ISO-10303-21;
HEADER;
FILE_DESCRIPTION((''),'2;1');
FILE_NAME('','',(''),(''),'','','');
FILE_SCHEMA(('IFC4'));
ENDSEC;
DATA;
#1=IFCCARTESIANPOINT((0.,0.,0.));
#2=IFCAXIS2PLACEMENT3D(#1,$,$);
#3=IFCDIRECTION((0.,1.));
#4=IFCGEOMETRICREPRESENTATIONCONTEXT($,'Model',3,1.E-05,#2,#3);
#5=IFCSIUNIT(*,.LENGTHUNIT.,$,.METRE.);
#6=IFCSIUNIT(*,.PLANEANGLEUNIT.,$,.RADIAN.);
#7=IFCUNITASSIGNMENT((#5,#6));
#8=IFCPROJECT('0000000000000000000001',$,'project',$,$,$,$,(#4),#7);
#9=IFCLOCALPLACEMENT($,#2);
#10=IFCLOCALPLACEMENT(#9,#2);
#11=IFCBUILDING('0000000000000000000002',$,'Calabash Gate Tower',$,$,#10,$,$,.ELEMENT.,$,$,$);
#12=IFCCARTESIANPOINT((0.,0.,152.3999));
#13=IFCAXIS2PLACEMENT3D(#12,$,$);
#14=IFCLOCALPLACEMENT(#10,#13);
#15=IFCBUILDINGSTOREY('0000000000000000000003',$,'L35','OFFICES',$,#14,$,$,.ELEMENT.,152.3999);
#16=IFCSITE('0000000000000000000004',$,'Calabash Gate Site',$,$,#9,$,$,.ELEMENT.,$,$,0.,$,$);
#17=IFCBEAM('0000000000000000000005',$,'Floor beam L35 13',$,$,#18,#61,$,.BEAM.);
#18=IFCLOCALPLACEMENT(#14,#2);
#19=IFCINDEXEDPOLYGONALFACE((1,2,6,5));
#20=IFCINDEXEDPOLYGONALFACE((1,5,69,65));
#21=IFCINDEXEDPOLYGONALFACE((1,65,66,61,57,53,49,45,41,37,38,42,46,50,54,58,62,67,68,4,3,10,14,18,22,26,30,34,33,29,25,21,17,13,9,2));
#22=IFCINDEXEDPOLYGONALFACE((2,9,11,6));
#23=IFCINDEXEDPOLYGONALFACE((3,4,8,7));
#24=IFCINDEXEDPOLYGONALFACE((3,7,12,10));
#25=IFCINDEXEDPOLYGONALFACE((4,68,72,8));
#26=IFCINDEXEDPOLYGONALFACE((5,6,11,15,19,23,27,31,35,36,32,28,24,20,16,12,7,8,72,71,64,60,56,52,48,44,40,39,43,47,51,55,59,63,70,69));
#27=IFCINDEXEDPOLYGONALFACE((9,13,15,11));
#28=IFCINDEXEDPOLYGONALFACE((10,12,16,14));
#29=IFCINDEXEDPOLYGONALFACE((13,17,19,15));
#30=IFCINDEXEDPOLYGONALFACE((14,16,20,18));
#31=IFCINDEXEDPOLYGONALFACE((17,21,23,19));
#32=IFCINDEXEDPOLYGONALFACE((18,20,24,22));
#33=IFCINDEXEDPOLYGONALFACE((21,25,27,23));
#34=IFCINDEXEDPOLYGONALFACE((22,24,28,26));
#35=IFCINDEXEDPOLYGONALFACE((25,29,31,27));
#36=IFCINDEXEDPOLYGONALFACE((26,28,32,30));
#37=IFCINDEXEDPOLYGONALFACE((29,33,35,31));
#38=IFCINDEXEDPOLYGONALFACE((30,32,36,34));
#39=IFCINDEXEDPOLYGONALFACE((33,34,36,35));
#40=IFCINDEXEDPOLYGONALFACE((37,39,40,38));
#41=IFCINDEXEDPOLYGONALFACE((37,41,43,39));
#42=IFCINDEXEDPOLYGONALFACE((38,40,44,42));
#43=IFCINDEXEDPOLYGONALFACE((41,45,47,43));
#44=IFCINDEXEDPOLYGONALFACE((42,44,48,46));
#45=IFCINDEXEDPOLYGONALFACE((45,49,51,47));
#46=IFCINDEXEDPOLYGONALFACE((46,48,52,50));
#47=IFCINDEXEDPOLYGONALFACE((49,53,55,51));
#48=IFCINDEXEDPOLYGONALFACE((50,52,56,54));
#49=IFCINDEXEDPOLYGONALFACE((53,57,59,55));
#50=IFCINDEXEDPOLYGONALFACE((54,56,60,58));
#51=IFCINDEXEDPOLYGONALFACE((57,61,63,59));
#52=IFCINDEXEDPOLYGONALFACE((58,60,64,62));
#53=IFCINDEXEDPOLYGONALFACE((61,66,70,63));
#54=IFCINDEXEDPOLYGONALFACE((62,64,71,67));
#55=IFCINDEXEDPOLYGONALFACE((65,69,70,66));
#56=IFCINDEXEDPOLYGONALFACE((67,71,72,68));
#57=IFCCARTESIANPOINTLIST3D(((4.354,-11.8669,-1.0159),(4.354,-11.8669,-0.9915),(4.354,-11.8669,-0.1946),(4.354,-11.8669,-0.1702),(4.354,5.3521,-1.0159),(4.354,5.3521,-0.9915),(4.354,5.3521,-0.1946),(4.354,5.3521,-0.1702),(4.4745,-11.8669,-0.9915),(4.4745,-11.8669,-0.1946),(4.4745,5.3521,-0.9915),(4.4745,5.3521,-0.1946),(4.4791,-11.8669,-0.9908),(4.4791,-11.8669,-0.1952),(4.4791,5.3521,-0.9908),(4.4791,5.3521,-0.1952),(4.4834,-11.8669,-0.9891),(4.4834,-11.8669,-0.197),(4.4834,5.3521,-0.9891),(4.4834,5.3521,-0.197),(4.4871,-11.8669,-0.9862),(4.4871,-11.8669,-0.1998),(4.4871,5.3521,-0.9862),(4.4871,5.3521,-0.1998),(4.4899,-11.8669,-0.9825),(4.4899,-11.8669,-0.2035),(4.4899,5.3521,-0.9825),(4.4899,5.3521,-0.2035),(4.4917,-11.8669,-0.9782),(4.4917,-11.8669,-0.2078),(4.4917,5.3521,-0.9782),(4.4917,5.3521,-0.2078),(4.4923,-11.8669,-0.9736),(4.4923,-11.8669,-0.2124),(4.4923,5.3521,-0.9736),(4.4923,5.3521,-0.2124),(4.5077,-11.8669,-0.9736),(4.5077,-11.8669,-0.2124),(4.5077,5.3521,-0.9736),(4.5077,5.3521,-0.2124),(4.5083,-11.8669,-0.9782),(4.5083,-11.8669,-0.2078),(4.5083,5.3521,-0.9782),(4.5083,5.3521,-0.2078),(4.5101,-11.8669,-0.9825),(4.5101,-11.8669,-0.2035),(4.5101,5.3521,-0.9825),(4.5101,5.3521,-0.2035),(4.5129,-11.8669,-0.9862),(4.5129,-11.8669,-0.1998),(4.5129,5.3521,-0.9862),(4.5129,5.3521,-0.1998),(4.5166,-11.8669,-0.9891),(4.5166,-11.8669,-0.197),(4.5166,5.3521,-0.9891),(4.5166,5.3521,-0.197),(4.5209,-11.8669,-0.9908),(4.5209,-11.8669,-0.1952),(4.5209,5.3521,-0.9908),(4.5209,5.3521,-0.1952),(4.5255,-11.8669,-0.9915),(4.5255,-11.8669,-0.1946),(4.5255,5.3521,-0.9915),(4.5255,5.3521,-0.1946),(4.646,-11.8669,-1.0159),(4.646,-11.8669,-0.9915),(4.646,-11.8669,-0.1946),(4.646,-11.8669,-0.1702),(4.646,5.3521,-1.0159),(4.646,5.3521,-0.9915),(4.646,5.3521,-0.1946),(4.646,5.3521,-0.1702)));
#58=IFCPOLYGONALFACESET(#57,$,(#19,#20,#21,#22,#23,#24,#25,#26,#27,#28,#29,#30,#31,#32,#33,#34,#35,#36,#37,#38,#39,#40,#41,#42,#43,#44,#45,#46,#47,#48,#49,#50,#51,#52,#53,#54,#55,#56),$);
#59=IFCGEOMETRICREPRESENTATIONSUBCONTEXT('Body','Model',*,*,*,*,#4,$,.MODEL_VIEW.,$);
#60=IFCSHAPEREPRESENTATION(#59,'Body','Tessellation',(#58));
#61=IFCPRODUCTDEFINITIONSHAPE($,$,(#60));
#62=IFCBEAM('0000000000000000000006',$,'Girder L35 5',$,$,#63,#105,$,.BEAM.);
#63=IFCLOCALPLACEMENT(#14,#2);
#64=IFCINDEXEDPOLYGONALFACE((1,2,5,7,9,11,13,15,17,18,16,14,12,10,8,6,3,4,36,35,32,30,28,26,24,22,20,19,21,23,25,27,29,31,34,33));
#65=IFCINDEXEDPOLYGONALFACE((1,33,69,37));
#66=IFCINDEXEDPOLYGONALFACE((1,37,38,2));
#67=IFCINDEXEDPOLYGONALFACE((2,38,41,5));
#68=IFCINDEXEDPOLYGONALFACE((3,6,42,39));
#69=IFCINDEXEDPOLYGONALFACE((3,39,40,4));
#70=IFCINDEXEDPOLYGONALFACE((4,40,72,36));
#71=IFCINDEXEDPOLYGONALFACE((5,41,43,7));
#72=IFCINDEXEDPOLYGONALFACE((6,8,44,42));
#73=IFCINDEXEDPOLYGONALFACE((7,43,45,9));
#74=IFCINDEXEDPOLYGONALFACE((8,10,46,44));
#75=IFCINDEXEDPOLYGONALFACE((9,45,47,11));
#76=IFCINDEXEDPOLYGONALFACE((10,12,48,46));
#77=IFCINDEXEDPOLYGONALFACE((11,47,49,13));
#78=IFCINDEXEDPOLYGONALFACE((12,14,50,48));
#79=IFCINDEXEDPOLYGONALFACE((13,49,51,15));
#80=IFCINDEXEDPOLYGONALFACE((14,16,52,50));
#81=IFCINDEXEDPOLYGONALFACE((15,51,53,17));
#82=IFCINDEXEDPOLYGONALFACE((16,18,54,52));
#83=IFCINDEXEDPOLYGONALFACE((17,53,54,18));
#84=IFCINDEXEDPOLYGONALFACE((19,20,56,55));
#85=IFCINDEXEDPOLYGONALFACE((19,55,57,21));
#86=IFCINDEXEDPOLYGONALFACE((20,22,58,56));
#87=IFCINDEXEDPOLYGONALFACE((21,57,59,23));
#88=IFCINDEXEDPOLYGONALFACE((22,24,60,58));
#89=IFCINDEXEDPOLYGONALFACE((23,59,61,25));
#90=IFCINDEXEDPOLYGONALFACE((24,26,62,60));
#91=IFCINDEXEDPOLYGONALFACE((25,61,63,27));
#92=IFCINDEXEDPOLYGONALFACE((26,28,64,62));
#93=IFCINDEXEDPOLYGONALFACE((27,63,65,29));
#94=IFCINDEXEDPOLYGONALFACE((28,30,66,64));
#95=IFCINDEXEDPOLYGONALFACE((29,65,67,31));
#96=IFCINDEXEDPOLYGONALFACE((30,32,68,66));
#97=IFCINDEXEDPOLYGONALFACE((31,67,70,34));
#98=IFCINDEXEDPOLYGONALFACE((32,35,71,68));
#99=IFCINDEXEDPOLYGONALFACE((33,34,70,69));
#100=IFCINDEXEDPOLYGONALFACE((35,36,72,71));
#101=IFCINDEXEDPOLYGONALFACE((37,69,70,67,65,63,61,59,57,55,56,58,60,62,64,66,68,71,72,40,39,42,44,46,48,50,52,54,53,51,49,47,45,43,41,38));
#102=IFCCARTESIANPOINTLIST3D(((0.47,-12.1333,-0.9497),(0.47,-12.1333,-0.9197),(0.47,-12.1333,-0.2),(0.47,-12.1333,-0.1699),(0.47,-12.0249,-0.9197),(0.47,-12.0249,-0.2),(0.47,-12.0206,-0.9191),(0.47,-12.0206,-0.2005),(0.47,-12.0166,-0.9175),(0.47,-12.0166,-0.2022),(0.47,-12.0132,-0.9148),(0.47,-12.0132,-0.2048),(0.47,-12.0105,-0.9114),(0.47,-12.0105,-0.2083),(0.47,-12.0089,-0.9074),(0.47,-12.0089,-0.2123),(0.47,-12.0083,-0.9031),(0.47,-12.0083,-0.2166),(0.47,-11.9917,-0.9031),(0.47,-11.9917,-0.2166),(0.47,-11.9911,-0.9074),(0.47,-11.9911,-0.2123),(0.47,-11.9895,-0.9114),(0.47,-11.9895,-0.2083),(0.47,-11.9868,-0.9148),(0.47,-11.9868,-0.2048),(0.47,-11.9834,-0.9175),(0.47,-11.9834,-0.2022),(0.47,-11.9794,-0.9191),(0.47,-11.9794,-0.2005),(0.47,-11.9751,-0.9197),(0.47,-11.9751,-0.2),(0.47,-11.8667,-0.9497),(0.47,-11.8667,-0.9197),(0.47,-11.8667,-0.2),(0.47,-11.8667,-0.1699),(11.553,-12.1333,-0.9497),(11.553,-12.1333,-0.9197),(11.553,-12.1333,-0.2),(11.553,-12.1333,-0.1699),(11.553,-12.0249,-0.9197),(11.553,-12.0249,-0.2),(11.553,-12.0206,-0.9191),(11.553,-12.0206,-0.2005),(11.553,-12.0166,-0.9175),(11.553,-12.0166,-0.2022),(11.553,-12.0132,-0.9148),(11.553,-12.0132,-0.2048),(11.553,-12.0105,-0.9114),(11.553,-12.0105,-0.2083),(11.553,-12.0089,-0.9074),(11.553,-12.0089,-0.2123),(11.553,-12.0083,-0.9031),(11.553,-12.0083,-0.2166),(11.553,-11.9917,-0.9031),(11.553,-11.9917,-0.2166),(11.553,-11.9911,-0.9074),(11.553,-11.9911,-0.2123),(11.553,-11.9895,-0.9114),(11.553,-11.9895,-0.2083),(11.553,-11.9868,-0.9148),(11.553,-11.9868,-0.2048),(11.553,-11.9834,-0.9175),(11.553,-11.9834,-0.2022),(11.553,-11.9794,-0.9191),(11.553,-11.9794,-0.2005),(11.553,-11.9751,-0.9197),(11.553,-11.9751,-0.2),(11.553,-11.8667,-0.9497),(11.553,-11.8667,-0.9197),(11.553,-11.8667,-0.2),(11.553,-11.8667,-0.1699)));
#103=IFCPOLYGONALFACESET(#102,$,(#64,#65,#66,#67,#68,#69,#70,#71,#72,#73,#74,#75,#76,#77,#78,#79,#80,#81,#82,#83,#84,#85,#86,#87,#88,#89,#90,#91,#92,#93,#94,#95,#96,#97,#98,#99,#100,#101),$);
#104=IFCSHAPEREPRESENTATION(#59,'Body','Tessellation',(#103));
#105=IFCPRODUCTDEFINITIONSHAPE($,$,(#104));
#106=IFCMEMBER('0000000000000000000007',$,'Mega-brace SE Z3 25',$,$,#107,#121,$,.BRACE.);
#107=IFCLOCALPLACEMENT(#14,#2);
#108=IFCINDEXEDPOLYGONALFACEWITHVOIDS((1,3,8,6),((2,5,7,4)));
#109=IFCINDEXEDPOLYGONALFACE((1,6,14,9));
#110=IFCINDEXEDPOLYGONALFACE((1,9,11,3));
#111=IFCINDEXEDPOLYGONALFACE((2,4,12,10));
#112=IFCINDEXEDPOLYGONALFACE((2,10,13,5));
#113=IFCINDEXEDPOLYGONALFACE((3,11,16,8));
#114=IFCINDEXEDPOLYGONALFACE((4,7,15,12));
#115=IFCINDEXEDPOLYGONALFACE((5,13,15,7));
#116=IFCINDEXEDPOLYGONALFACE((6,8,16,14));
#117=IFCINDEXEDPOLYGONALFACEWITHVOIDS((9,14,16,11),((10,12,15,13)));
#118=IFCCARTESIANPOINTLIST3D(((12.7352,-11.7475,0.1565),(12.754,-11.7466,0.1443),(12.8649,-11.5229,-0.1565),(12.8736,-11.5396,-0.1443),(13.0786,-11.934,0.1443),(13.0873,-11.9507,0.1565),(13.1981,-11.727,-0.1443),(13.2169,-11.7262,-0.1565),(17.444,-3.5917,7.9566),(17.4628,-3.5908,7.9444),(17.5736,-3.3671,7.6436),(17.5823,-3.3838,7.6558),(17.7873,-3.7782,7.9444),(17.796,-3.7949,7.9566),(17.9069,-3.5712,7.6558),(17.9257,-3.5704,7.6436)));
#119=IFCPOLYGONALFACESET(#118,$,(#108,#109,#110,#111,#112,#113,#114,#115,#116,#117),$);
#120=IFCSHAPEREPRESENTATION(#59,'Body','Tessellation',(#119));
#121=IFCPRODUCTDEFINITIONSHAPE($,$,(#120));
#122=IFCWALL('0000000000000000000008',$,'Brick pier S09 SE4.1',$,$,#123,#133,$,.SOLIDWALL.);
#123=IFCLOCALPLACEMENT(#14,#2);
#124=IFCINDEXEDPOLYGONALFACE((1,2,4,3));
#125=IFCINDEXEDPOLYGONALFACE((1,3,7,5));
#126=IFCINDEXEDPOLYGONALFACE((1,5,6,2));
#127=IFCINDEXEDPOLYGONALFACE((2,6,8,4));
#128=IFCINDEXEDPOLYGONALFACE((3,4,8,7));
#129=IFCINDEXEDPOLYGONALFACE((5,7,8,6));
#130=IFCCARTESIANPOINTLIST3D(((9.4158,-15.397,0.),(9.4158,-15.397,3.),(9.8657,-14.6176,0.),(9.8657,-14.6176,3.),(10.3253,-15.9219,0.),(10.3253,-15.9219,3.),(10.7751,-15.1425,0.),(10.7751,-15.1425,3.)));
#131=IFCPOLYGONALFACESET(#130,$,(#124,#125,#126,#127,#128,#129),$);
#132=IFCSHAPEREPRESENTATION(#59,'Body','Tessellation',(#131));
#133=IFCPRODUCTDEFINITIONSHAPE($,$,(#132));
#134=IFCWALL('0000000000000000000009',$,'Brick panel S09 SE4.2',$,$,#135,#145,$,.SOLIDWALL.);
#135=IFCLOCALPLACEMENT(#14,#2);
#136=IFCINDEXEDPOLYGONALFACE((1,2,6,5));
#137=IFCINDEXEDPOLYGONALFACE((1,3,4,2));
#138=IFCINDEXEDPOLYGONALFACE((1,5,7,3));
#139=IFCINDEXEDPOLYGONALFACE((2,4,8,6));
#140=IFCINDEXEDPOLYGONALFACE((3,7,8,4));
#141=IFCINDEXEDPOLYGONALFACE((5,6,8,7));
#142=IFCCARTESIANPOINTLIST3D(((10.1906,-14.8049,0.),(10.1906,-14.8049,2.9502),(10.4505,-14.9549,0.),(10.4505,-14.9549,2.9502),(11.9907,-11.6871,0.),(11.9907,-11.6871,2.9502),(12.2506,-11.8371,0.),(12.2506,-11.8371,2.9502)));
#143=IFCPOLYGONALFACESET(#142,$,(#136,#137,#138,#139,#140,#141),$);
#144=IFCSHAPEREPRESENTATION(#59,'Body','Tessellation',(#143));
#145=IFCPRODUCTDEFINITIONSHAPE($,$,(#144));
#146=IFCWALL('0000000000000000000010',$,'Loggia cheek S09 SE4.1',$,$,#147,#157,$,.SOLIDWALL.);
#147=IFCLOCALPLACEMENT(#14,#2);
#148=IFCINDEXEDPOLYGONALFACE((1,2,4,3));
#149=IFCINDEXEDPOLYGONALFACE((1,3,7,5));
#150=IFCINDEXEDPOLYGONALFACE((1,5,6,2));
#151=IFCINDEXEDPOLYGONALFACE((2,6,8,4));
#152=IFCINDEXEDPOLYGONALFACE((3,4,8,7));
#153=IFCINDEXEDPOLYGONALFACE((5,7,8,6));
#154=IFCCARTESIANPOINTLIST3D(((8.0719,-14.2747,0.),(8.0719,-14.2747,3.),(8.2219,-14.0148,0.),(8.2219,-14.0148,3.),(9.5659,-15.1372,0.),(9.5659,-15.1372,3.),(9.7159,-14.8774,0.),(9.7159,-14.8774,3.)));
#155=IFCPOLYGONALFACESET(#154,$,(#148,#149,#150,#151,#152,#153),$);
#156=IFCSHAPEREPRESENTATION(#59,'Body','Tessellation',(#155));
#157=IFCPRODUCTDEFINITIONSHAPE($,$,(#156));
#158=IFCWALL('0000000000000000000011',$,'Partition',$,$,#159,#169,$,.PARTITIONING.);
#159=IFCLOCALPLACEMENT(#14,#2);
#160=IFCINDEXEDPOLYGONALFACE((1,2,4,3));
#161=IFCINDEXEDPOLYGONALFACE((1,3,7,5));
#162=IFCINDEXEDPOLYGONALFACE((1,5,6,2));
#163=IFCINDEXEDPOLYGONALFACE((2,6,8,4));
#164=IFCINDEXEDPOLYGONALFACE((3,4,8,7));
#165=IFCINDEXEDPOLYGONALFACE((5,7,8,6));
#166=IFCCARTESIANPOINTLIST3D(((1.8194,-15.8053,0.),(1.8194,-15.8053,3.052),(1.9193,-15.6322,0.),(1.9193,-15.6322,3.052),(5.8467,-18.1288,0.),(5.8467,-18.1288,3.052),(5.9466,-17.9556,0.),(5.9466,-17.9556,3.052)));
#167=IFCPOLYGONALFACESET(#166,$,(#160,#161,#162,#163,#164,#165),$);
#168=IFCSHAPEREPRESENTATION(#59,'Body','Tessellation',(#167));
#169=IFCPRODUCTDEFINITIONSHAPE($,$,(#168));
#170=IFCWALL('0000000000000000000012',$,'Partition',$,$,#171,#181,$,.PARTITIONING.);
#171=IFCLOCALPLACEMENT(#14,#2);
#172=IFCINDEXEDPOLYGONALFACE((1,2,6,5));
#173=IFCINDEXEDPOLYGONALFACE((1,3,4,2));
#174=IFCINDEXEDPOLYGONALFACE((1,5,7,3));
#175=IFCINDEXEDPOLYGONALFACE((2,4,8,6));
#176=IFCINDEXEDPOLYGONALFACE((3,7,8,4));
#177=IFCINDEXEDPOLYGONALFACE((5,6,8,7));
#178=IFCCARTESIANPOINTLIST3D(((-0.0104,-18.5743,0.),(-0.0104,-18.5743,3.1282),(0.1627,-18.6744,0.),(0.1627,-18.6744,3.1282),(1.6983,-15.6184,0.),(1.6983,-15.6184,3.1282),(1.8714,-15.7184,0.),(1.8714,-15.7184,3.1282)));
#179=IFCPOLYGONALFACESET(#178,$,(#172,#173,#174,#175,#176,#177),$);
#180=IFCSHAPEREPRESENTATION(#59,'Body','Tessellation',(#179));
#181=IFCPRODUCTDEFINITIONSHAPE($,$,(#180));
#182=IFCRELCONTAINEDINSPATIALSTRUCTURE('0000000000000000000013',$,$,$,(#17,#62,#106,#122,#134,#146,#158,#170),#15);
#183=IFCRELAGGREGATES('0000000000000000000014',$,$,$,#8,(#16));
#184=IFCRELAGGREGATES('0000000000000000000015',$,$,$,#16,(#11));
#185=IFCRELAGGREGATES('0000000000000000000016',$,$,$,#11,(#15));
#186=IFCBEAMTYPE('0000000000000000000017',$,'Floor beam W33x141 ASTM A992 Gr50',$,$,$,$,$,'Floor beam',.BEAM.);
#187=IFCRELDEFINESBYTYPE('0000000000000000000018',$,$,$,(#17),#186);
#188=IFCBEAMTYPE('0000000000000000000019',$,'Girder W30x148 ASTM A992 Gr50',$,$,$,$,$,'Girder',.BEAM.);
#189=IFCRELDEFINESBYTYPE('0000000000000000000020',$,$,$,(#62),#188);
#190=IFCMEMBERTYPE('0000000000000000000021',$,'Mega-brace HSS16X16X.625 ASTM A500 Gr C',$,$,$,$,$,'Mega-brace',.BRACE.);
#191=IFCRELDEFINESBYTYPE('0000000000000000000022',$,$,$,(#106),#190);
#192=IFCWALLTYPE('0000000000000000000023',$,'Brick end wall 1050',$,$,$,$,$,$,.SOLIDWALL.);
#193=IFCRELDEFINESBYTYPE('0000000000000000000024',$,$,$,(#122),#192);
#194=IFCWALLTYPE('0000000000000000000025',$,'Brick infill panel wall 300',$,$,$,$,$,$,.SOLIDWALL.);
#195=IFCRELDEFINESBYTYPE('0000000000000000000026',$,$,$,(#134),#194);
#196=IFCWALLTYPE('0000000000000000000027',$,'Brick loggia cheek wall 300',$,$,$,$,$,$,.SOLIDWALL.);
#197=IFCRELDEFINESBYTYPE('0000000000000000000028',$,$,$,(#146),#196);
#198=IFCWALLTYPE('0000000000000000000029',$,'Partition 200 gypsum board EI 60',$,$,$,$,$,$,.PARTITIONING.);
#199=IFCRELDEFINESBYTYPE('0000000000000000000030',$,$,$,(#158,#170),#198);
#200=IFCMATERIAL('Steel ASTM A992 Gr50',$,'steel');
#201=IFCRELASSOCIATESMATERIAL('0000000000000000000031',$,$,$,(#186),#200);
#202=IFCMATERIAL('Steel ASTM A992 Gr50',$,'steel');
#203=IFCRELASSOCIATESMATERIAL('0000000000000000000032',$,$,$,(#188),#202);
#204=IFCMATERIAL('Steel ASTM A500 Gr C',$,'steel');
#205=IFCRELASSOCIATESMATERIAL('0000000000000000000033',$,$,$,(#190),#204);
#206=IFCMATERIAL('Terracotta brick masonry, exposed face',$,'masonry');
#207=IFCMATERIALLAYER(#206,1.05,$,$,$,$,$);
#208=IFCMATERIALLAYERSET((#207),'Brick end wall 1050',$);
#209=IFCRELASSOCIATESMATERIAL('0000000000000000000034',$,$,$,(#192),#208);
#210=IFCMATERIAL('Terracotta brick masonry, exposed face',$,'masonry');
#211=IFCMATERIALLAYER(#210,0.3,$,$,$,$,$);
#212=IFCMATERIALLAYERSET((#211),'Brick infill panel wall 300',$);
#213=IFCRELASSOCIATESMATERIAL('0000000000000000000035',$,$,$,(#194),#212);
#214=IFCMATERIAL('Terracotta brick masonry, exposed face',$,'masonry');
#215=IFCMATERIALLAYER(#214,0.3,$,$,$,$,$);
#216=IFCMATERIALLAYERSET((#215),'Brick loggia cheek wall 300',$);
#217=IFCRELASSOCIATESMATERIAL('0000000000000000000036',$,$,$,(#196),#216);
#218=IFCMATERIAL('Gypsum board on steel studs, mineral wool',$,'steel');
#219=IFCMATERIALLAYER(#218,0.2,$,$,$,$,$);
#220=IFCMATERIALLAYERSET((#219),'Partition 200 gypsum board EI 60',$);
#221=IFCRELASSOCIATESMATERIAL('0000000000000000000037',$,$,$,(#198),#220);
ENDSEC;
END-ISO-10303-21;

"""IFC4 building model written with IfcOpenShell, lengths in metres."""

from ifc_helpers import new_model, si_unit, direction, frame, frame_2d, origin, origin_2d, place, context, subcontext, project, spatial, rectangle, hollow_rectangle, i_section, extrude, material, layer, layer_set, material_profile, profile_set, type_object, element, save


model = new_model("IFC4")

# Units and contexts
model_context = context("Model", 3, precision=1e-05, world=origin(), true_north=direction((0.0, 1.0)))
body_context = subcontext(model_context, "Body", "Model", "MODEL_VIEW")
ifc_project = project(units=[si_unit("LENGTHUNIT", "METRE"), si_unit("PLANEANGLEUNIT", "RADIAN")], contexts=[model_context])

# Site, building, storey
site_placement = place(None, origin())
site = spatial("IfcSite", under=ifc_project, at=site_placement, Name="Calabash Gate Site", CompositionType="ELEMENT", RefElevation=0.0)
building_placement = place(site_placement, origin())
building = spatial("IfcBuilding", under=site, at=building_placement, Name="Calabash Gate Tower", CompositionType="ELEMENT")
storey_placement = place(building_placement, frame((0.0, 0.0, 152.3999)))
storey = spatial("IfcBuildingStorey", under=building, at=storey_placement, Name="L35", Description="OFFICES", CompositionType="ELEMENT", Elevation=152.3999)

# Beams
ifc_material_1 = material(Name="Steel ASTM A992 Gr50", Category="steel")
ifc_material_profile_1 = material_profile(ifc_material_1, i_section(OverallWidth=0.292, OverallDepth=0.8457, WebThickness=0.0154, FlangeThickness=0.0244, FilletRadius=0.0178, at=origin_2d()))
ifc_profile_set_1 = profile_set([ifc_material_profile_1], Name="Steel ASTM A992 Gr50")
beam_type_1 = type_object("IfcBeamType", Name="Floor beam W33x141 ASTM A992 Gr50", ElementType="Floor beam", PredefinedType="BEAM", material=ifc_profile_set_1)
beam_1_placement = place(storey_placement, frame((4.5, -11.8669, -0.593), z_axis=(0.0, 1.0, 0.0), x_axis=(-1.0, 0.0, 0.0)))
element("IfcBeam", 1, at=beam_1_placement, inside=storey, type_object=beam_type_1, Name="Floor beam L35 13", PredefinedType="BEAM", context=body_context, shape_type="SweptSolid", body=[
    extrude(i_section(OverallWidth=0.292, OverallDepth=0.8457, WebThickness=0.0154, FlangeThickness=0.0244, FilletRadius=0.0178, at=origin_2d()), origin(), (0.0, 0.0, 1.0), 17.219),
])
ifc_material_2 = material(Name="Steel ASTM A992 Gr50", Category="steel")
ifc_material_profile_2 = material_profile(ifc_material_2, i_section(OverallWidth=0.2666, OverallDepth=0.7798, WebThickness=0.0166, FlangeThickness=0.03, FilletRadius=0.0166, at=origin_2d()))
ifc_profile_set_2 = profile_set([ifc_material_profile_2], Name="Steel ASTM A992 Gr50")
beam_type_2 = type_object("IfcBeamType", Name="Girder W30x148 ASTM A992 Gr50", ElementType="Girder", PredefinedType="BEAM", material=ifc_profile_set_2)
beam_2_placement = place(storey_placement, frame((0.47, -12.0, -0.5598), z_axis=(1.0, 0.0, 0.0), x_axis=(0.0, 1.0, 0.0)))
element("IfcBeam", 2, at=beam_2_placement, inside=storey, type_object=beam_type_2, Name="Girder L35 5", PredefinedType="BEAM", context=body_context, shape_type="SweptSolid", body=[
    extrude(i_section(OverallWidth=0.2666, OverallDepth=0.7798, WebThickness=0.0166, FlangeThickness=0.03, FilletRadius=0.0166, at=origin_2d()), origin(), (0.0, 0.0, 1.0), 11.083),
])

# Member
ifc_material_3 = material(Name="Steel ASTM A500 Gr C", Category="steel")
ifc_material_profile_3 = material_profile(ifc_material_3, hollow_rectangle(XDim=0.4065, YDim=0.4065, WallThickness=0.0159, at=origin_2d()))
ifc_profile_set_3 = profile_set([ifc_material_profile_3], Name="Steel ASTM A500 Gr C")
member_type = type_object("IfcMemberType", Name="Mega-brace HSS16X16X.625 ASTM A500 Gr C", ElementType="Mega-brace", PredefinedType="BRACE", material=ifc_profile_set_3)
member_placement = place(storey_placement, frame((12.9761, -11.7368, 0.0), z_axis=(0.385071, 0.666962, 0.637873), x_axis=(-0.866025, 0.500001, 0.0)))
element("IfcMember", 3, at=member_placement, inside=storey, type_object=member_type, Name="Mega-brace SE Z3 25", PredefinedType="BRACE", context=body_context, shape_type="SweptSolid", body=[
    extrude(hollow_rectangle(XDim=0.4065, YDim=0.4065, WallThickness=0.0159, at=origin_2d()), origin(), (0.0, 0.0, 1.0), 12.2283),
])

# Walls
ifc_material_4 = material(Name="Terracotta brick masonry, exposed face", Category="masonry")
ifc_layer_1 = layer(ifc_material_4, 1.05)
ifc_layer_set_1 = layer_set([ifc_layer_1], Name="Brick end wall 1050")
wall_type_1 = type_object("IfcWallType", Name="Brick end wall 1050", PredefinedType="SOLIDWALL", material=ifc_layer_set_1)
wall_1_placement = place(storey_placement, frame((9.6409, -15.0073, 0.0), z_axis=(0.0, 0.0, 1.0), x_axis=(0.866089, -0.49989, 0.0)))
element("IfcWall", 4, at=wall_1_placement, inside=storey, type_object=wall_type_1, Name="Brick pier S09 SE4.1", PredefinedType="SOLIDWALL", context=body_context, shape_type="SweptSolid", body=[
    extrude(rectangle(XDim=1.05, YDim=0.8999, at=frame_2d((0.5249, 0.0))), origin(), (0.0, 0.0, 1.0), 3.0),
])
ifc_material_5 = material(Name="Terracotta brick masonry, exposed face", Category="masonry")
ifc_layer_2 = layer(ifc_material_5, 0.3)
ifc_layer_set_2 = layer_set([ifc_layer_2], Name="Brick infill panel wall 300")
wall_type_2 = type_object("IfcWallType", Name="Brick infill panel wall 300", PredefinedType="SOLIDWALL", material=ifc_layer_set_2)
wall_2_placement = place(storey_placement, frame((10.3206, -14.8799, 0.0), z_axis=(0.0, 0.0, 1.0), x_axis=(0.500012, 0.866018, 0.0)))
element("IfcWall", 5, at=wall_2_placement, inside=storey, type_object=wall_type_2, Name="Brick panel S09 SE4.2", PredefinedType="SOLIDWALL", context=body_context, shape_type="SweptSolid", body=[
    extrude(rectangle(XDim=3.6001, YDim=0.3, at=frame_2d((1.8, 0.0))), origin(), (0.0, 0.0, 1.0), 2.9502),
])
ifc_material_6 = material(Name="Terracotta brick masonry, exposed face", Category="masonry")
ifc_layer_3 = layer(ifc_material_6, 0.3)
ifc_layer_set_3 = layer_set([ifc_layer_3], Name="Brick loggia cheek wall 300")
wall_type_3 = type_object("IfcWallType", Name="Brick loggia cheek wall 300", PredefinedType="SOLIDWALL", material=ifc_layer_set_3)
wall_3_placement = place(storey_placement, frame((9.6409, -15.0073, 0.0), z_axis=(0.0, 0.0, 1.0), x_axis=(-0.866014, 0.500021, 0.0)))
element("IfcWall", 6, at=wall_3_placement, inside=storey, type_object=wall_type_3, Name="Loggia cheek S09 SE4.1", PredefinedType="SOLIDWALL", context=body_context, shape_type="SweptSolid", body=[
    extrude(rectangle(XDim=1.7251, YDim=0.3, at=frame_2d((0.8625, 0.0))), origin(), (0.0, 0.0, 1.0), 3.0),
])
ifc_material_7 = material(Name="Gypsum board on steel studs, mineral wool", Category="steel")
ifc_layer_4 = layer(ifc_material_7, 0.2)
ifc_layer_set_4 = layer_set([ifc_layer_4], Name="Partition 200 gypsum board EI 60")
wall_type_4 = type_object("IfcWallType", Name="Partition 200 gypsum board EI 60", PredefinedType="PARTITIONING", material=ifc_layer_set_4)
wall_4_placement = place(storey_placement, frame((1.8694, -15.7188, 0.0), z_axis=(0.0, 0.0, 1.0), x_axis=(0.866184, -0.499725, 0.0)))
element("IfcWall", 7, at=wall_4_placement, inside=storey, type_object=wall_type_4, Name="Partition", PredefinedType="PARTITIONING", context=body_context, shape_type="SweptSolid", body=[
    extrude(rectangle(XDim=4.6494, YDim=0.2, at=frame_2d((2.3247, 0.0))), origin(), (0.0, 0.0, 1.0), 3.052),
])
wall_5_placement = place(storey_placement, frame((0.0762, -18.6243, 0.0), z_axis=(0.0, 0.0, 1.0), x_axis=(0.500453, 0.865764, 0.0)))
element("IfcWall", 8, at=wall_5_placement, inside=storey, type_object=wall_type_4, Name="Partition", PredefinedType="PARTITIONING", context=body_context, shape_type="SweptSolid", body=[
    extrude(rectangle(XDim=3.4143, YDim=0.2, at=frame_2d((1.707, 0.0))), origin(), (0.0, 0.0, 1.0), 3.1282),
])

save(model, "model.ifc")
